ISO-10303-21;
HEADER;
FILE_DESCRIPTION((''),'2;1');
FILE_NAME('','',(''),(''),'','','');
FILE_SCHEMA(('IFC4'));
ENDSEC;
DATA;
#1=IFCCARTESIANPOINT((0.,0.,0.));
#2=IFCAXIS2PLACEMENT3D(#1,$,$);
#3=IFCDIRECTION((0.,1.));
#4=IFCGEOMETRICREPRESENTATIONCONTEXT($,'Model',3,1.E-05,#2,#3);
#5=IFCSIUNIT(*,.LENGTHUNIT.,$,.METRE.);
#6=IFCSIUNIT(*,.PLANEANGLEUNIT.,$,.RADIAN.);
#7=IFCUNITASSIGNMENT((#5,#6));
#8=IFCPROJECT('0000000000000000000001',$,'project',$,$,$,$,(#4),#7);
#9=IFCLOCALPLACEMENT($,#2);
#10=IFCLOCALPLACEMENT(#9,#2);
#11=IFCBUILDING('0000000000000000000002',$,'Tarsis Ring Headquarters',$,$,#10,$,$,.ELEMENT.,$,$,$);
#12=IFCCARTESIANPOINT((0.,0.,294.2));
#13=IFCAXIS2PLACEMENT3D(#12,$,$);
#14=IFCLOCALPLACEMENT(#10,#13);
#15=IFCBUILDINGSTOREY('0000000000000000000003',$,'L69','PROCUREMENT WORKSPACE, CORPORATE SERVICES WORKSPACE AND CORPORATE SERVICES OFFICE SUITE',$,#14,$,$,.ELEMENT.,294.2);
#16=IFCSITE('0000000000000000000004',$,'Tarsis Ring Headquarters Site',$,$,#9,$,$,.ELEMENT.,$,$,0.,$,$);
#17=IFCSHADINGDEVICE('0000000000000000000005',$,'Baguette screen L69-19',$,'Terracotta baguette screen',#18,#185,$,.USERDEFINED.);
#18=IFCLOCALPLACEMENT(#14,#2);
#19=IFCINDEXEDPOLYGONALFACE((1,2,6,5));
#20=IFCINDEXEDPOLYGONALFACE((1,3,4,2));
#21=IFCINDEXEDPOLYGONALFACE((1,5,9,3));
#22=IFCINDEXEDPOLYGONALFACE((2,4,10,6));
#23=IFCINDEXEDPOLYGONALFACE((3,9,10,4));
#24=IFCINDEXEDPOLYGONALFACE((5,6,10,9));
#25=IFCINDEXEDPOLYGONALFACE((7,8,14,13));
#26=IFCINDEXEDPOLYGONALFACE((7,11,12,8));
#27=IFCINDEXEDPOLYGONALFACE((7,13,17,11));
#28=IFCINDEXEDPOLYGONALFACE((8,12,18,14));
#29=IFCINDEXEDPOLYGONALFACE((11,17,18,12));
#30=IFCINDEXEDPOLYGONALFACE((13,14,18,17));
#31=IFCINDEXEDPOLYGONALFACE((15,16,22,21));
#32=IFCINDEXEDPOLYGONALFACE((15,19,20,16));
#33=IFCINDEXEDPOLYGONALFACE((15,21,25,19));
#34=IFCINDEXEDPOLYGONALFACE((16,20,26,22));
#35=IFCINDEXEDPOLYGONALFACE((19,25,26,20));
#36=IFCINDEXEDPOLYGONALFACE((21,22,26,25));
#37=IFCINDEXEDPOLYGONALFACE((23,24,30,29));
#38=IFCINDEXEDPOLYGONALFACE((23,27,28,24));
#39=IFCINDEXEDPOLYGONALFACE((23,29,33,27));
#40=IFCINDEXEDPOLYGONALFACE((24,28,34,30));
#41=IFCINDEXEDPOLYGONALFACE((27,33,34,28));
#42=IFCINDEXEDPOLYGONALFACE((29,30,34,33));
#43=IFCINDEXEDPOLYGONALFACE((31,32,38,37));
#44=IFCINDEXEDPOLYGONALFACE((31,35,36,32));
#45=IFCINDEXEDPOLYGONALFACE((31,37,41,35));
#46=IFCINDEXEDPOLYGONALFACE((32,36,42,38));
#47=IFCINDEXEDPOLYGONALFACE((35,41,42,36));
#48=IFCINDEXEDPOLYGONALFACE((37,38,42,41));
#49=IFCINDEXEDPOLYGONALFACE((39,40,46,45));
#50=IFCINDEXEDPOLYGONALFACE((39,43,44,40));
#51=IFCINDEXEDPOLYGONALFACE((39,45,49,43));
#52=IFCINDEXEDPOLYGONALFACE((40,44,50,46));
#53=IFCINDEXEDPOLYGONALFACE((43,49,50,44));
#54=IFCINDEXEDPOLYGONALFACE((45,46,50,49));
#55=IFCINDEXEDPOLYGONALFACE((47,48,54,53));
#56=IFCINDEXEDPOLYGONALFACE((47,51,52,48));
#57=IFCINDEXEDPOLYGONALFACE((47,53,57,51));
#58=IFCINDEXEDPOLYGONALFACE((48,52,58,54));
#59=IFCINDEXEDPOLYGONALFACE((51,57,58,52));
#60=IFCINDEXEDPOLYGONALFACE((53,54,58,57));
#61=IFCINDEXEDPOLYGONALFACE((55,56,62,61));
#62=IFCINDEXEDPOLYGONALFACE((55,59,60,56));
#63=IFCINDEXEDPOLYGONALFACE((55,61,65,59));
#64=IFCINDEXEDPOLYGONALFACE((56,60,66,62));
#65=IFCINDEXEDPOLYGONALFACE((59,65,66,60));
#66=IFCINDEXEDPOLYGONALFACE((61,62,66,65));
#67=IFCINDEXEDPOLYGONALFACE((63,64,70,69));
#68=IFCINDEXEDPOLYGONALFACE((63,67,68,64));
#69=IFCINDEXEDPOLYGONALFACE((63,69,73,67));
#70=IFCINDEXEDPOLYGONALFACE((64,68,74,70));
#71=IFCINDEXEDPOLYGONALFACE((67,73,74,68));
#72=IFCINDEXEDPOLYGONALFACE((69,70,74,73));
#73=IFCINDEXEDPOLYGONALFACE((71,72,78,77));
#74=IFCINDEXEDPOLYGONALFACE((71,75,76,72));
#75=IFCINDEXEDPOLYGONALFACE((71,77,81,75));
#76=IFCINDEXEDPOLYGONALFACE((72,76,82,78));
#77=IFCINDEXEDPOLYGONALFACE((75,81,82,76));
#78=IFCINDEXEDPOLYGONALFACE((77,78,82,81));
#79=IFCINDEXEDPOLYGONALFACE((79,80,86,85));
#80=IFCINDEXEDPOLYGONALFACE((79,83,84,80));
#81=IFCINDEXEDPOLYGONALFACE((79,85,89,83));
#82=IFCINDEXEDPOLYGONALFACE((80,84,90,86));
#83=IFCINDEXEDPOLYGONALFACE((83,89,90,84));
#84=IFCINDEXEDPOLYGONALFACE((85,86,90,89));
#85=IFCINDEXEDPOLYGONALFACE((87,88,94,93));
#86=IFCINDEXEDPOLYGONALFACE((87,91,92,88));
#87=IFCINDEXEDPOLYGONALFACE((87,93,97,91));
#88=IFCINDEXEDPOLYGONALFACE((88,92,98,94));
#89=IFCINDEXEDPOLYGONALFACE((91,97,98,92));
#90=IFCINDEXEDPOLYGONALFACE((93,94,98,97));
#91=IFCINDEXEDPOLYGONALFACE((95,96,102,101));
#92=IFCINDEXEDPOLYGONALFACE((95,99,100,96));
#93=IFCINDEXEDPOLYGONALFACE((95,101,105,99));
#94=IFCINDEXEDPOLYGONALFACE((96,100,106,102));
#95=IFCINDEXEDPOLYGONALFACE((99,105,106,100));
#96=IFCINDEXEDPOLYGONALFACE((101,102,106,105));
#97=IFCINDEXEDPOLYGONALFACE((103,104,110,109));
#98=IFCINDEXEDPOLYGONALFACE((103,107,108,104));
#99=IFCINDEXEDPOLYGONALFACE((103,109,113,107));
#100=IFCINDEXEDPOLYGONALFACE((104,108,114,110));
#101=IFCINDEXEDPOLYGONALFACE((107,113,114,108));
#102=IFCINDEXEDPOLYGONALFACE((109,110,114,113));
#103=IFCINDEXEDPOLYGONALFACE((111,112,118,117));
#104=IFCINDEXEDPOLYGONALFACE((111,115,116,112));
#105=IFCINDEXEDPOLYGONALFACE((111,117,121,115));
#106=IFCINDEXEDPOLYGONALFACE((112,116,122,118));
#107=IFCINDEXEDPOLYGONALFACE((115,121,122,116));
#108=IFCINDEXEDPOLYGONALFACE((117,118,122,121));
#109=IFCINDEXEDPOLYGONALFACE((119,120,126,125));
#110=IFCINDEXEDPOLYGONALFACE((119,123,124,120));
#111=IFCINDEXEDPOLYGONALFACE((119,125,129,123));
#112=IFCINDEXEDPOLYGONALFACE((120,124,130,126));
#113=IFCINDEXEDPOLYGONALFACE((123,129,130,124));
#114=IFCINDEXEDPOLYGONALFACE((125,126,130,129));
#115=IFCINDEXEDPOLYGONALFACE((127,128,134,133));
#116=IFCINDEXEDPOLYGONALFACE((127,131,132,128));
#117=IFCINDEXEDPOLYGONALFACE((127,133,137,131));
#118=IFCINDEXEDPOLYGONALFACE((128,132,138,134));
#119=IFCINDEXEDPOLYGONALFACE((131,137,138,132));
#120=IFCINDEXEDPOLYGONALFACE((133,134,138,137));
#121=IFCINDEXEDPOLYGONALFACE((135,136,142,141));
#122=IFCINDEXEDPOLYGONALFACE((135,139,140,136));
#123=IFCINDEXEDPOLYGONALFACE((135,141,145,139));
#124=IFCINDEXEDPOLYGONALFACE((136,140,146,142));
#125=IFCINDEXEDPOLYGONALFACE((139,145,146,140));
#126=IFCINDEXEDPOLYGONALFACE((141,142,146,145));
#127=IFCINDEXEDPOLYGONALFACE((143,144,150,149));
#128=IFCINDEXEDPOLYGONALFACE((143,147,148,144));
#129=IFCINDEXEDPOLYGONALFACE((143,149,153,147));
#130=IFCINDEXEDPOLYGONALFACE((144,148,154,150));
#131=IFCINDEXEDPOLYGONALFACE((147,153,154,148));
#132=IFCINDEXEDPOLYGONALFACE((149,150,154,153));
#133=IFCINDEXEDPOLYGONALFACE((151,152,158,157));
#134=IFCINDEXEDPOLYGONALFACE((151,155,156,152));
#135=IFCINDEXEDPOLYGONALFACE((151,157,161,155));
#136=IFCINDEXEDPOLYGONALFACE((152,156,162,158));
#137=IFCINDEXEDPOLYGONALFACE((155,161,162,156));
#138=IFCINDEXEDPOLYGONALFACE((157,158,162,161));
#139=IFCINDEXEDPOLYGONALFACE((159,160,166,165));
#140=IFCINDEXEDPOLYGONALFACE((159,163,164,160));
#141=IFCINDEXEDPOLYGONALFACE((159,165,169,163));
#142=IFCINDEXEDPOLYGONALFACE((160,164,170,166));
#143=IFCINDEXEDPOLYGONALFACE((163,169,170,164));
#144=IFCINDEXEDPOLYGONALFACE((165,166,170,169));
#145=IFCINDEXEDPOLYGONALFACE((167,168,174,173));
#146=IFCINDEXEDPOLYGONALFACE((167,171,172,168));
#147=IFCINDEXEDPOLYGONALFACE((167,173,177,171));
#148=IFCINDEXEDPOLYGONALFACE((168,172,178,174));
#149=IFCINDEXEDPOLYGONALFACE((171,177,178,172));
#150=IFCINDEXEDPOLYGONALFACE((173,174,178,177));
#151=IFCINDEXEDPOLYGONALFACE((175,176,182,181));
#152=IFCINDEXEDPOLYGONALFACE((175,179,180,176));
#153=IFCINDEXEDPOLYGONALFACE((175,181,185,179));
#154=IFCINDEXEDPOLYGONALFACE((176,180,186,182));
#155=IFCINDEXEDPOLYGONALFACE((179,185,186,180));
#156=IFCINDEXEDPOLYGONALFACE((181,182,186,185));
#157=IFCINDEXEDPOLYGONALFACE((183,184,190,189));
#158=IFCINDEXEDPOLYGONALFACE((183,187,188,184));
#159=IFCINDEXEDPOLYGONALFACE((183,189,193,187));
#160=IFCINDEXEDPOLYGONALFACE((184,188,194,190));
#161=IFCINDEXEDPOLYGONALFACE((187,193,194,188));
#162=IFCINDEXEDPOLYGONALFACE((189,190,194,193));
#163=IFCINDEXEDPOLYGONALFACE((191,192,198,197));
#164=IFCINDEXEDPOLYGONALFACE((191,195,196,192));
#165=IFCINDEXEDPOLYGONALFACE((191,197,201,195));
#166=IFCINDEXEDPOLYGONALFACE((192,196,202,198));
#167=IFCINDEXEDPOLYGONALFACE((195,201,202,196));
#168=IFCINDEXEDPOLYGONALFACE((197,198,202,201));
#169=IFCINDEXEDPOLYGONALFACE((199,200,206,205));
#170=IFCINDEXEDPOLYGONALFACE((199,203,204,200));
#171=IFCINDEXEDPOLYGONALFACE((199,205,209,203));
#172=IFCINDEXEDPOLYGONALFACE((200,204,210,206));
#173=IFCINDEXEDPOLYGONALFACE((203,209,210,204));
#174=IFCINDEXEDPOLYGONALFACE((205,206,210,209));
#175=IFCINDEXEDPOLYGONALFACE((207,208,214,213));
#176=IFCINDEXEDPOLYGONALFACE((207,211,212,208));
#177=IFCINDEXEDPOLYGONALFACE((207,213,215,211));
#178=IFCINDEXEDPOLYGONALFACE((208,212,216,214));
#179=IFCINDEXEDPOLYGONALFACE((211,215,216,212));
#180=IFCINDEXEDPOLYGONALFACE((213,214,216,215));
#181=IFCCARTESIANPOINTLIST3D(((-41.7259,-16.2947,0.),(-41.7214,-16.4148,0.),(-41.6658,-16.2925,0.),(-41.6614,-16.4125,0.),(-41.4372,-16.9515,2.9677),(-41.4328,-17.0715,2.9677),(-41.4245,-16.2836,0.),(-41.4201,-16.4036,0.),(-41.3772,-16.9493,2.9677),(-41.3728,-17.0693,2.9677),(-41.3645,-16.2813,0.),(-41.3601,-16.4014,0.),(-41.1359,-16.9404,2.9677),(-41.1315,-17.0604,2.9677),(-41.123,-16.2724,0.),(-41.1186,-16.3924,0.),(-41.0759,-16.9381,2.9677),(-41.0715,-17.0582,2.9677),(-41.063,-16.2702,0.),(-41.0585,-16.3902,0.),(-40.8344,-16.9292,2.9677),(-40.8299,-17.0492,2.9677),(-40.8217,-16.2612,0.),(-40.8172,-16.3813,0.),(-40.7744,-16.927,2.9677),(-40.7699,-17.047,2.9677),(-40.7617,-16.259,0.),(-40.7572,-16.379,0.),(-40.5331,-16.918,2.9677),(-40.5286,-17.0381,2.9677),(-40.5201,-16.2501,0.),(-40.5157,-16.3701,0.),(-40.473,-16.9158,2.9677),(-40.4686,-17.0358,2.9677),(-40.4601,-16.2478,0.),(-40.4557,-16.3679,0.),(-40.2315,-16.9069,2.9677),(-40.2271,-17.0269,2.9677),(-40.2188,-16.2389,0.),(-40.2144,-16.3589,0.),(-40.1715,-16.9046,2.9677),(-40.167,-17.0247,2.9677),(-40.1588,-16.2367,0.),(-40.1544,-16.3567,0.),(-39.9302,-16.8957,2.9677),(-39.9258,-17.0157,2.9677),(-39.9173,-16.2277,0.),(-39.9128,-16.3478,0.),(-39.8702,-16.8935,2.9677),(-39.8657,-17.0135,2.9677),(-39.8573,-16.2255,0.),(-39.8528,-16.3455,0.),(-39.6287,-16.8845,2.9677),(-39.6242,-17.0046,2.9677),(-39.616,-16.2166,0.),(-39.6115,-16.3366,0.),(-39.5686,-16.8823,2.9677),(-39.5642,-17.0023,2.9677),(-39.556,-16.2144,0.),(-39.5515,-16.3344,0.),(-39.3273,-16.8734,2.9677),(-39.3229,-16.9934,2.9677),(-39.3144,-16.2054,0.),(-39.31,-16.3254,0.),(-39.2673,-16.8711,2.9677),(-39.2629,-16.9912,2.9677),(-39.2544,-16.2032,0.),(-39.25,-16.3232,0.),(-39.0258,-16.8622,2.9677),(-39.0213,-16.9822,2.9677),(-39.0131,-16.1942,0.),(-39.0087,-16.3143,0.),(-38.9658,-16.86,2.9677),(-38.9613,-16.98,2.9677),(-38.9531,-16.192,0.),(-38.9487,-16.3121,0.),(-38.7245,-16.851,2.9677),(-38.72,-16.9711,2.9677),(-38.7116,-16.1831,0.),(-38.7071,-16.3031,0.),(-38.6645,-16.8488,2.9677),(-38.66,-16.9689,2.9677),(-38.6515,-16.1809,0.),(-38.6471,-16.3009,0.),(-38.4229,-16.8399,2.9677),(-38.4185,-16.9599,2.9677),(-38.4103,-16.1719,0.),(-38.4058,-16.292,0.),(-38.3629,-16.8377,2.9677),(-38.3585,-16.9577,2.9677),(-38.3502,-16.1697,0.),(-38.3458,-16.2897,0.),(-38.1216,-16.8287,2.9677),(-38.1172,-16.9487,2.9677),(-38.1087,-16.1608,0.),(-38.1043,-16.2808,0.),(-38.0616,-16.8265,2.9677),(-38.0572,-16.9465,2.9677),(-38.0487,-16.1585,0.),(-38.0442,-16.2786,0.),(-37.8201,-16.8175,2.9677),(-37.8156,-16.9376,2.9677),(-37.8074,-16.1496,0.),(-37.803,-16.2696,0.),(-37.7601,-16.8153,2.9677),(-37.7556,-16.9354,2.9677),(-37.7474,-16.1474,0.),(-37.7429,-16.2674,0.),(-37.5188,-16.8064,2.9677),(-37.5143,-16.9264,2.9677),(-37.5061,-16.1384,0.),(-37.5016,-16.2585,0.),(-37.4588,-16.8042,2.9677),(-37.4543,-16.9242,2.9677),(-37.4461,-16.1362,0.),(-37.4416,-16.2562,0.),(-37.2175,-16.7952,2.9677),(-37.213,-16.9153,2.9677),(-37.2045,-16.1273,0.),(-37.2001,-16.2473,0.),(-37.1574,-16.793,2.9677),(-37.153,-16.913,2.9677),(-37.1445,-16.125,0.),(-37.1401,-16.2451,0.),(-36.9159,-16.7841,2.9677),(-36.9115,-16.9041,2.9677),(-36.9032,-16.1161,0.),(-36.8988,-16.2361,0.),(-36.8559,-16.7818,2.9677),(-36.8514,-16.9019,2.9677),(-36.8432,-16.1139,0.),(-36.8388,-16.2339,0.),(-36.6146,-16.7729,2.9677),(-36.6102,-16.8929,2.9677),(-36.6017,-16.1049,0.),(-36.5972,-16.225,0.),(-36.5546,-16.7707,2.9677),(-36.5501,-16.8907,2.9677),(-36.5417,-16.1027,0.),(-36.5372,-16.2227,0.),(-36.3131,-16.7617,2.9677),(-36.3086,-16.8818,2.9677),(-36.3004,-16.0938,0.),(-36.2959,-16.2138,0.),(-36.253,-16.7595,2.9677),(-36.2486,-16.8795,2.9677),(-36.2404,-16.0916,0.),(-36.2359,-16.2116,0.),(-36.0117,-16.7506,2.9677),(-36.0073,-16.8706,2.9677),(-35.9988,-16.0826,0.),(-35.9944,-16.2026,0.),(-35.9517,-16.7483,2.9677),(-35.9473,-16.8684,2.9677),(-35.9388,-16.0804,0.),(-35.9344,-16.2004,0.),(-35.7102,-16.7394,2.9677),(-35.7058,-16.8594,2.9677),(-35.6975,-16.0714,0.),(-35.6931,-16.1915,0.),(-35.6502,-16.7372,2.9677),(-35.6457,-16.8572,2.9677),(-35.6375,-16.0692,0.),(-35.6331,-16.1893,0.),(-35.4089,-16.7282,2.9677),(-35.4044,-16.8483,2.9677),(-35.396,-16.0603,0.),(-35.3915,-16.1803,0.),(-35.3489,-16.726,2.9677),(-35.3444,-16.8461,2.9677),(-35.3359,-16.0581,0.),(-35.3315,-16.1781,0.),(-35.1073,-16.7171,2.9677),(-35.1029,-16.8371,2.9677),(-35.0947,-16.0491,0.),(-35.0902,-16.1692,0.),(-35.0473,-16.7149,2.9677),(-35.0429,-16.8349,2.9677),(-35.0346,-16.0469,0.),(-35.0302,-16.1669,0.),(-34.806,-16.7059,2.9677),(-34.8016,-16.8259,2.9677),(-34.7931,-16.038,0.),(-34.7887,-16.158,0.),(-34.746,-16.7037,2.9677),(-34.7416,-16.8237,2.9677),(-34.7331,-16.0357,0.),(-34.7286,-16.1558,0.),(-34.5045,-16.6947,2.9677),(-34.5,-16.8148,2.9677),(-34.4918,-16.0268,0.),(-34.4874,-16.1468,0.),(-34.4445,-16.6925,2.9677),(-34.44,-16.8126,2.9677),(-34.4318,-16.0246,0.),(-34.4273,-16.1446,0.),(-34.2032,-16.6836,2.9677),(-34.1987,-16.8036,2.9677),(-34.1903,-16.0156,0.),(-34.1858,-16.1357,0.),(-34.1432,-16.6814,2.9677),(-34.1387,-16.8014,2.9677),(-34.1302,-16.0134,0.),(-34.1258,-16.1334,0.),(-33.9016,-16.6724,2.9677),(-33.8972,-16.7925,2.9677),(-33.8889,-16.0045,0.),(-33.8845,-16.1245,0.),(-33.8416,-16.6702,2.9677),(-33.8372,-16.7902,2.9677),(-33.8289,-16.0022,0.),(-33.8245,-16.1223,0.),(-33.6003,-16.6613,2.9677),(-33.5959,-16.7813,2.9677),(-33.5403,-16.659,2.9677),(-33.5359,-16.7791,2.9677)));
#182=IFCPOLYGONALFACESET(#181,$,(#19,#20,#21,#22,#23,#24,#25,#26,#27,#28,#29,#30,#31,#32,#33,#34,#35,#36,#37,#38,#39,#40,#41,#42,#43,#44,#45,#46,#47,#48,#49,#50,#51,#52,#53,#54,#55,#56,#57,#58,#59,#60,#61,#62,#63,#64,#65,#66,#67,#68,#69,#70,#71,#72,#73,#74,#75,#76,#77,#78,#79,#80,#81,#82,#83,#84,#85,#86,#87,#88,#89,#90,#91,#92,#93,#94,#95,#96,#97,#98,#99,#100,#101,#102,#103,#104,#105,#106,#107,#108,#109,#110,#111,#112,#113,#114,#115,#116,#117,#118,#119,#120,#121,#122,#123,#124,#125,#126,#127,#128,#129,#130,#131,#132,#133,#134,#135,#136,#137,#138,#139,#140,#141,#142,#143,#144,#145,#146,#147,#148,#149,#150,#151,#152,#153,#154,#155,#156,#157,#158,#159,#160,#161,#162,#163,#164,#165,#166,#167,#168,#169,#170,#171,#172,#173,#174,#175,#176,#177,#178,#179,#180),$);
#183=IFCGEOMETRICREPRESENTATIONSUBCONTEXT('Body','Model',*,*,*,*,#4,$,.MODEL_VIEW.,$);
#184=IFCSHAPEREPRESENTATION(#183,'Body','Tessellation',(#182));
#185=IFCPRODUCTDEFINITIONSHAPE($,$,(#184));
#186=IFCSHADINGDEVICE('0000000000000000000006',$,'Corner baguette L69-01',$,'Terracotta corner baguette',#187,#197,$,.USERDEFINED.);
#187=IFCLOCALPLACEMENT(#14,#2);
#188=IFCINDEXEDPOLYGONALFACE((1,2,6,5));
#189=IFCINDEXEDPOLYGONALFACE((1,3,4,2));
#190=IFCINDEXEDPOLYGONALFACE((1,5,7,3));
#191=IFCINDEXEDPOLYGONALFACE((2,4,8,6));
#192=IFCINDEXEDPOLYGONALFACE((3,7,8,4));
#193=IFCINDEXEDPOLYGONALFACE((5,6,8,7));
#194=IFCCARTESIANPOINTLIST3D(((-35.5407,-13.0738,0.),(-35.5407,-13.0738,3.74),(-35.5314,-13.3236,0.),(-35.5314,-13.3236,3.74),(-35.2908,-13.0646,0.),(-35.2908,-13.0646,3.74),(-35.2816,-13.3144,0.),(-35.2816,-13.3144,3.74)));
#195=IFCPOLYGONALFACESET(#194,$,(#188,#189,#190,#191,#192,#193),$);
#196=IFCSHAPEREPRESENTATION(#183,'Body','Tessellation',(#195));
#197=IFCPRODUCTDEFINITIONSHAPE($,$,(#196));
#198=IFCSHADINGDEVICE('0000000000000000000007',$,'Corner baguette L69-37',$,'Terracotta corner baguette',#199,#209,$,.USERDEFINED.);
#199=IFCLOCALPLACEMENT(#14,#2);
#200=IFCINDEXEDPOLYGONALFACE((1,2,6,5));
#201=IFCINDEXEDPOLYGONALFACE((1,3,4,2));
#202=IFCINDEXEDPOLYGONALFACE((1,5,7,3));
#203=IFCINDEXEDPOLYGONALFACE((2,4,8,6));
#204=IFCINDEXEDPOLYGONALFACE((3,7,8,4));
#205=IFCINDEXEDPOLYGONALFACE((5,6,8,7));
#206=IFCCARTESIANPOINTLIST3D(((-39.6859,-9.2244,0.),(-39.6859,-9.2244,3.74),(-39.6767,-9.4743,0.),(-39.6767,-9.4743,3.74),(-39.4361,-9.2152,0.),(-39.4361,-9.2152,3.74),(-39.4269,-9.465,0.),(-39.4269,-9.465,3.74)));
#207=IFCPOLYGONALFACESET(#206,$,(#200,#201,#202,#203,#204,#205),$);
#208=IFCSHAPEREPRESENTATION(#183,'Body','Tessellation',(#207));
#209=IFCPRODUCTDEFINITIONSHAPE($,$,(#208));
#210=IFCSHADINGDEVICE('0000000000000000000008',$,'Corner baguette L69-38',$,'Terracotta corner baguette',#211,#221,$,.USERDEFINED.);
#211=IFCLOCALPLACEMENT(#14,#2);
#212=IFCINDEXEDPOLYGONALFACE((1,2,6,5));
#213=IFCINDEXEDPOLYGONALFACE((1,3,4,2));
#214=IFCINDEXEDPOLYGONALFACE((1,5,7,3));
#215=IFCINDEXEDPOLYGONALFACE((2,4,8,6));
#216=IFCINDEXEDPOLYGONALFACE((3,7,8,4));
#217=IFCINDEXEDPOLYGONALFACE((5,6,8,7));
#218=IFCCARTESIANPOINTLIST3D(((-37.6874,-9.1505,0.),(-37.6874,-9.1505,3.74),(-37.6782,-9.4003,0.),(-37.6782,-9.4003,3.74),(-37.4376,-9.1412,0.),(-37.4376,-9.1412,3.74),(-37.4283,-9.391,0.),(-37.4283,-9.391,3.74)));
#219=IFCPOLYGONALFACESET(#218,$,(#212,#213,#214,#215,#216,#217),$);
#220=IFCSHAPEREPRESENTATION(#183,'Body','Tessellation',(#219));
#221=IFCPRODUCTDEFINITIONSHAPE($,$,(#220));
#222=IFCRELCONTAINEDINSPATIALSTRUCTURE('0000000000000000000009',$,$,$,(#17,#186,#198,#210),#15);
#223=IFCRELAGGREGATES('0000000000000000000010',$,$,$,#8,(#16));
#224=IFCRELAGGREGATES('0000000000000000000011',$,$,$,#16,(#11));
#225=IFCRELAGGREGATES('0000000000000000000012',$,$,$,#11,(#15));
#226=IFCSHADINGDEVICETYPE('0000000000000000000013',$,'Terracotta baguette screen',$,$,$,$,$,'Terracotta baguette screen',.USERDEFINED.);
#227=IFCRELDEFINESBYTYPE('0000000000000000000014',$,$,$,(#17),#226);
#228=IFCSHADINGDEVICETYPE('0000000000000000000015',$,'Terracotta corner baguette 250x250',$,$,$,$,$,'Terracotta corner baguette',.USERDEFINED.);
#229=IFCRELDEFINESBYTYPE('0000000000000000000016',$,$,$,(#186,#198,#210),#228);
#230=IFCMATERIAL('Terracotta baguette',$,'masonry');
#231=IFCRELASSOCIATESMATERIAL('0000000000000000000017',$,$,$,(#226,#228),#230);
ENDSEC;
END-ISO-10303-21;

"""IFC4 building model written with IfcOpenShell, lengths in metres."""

from ifc_helpers import new_model, si_unit, direction, frame, frame_2d, origin, origin_2d, place, context, subcontext, project, spatial, rectangle, composite_profile, extrude, material, type_object, element, save


model = new_model("IFC4")

# Units and contexts
model_context = context("Model", 3, precision=1e-05, world=origin(), true_north=direction((0.0, 1.0)))
body_context = subcontext(model_context, "Body", "Model", "MODEL_VIEW")
ifc_project = project(units=[si_unit("LENGTHUNIT", "METRE"), si_unit("PLANEANGLEUNIT", "RADIAN")], contexts=[model_context])

# Site, building, storey
site_placement = place(None, origin())
site = spatial("IfcSite", under=ifc_project, at=site_placement, Name="Tarsis Ring Headquarters Site", CompositionType="ELEMENT", RefElevation=0.0)
building_placement = place(site_placement, origin())
building = spatial("IfcBuilding", under=site, at=building_placement, Name="Tarsis Ring Headquarters", CompositionType="ELEMENT")
storey_placement = place(building_placement, frame((0.0, 0.0, 294.2)))
storey = spatial("IfcBuildingStorey", under=building, at=storey_placement, Name="L69", Description="PROCUREMENT WORKSPACE, CORPORATE SERVICES WORKSPACE AND CORPORATE SERVICES OFFICE SUITE", CompositionType="ELEMENT", Elevation=294.2)

# Shading devices
ifc_material_1 = material(Name="Terracotta baguette", Category="masonry")
shading_device_type_1 = type_object("IfcShadingDeviceType", Name="Terracotta baguette screen", ElementType="Terracotta baguette screen", PredefinedType="USERDEFINED", material=ifc_material_1)
shading_device_placement = place(storey_placement, frame((-41.7236, -16.3547, 0.0), z_axis=(0.0, 0.0, 1.0), x_axis=(0.99932, 0.037012, 0.0)))
element("IfcShadingDevice", 1, at=shading_device_placement, inside=storey, type_object=shading_device_type_1, Name="Baguette screen L69-19", ObjectType="Terracotta baguette screen", PredefinedType="USERDEFINED", context=body_context, shape_type="SweptSolid", body=[
    extrude(composite_profile([rectangle(XDim=0.0601, YDim=0.1201, at=frame_2d((0.03, 0.0))), rectangle(XDim=0.0601, YDim=0.1201, at=frame_2d((0.3315, 0.0))), rectangle(XDim=0.0601, YDim=0.1201, at=frame_2d((0.6333, 0.0))), rectangle(XDim=0.0601, YDim=0.1201, at=frame_2d((0.9348, 0.0))), rectangle(XDim=0.0601, YDim=0.1201, at=frame_2d((1.2366, 0.0))), rectangle(XDim=0.0601, YDim=0.1201, at=frame_2d((1.5381, 0.0))), rectangle(XDim=0.0601, YDim=0.1201, at=frame_2d((1.8398, 0.0))), rectangle(XDim=0.0601, YDim=0.1201, at=frame_2d((2.1414, 0.0))), rectangle(XDim=0.0601, YDim=0.1201, at=frame_2d((2.4431, 0.0))), rectangle(XDim=0.0601, YDim=0.1201, at=frame_2d((2.7446, 0.0))), rectangle(XDim=0.0601, YDim=0.1201, at=frame_2d((3.0464, 0.0))), rectangle(XDim=0.0601, YDim=0.1201, at=frame_2d((3.3479, 0.0))), rectangle(XDim=0.0601, YDim=0.1201, at=frame_2d((3.6497, 0.0))), rectangle(XDim=0.0601, YDim=0.1201, at=frame_2d((3.9512, 0.0))), rectangle(XDim=0.0601, YDim=0.1201, at=frame_2d((4.2527, 0.0))), rectangle(XDim=0.0601, YDim=0.1201, at=frame_2d((4.5544, 0.0))), rectangle(XDim=0.0601, YDim=0.1201, at=frame_2d((4.856, 0.0))), rectangle(XDim=0.0601, YDim=0.1201, at=frame_2d((5.1577, 0.0))), rectangle(XDim=0.0601, YDim=0.1201, at=frame_2d((5.4592, 0.0))), rectangle(XDim=0.0601, YDim=0.1201, at=frame_2d((5.761, 0.0))), rectangle(XDim=0.0601, YDim=0.1201, at=frame_2d((6.0625, 0.0))), rectangle(XDim=0.0601, YDim=0.1201, at=frame_2d((6.3643, 0.0))), rectangle(XDim=0.0601, YDim=0.1201, at=frame_2d((6.6658, 0.0))), rectangle(XDim=0.0601, YDim=0.1201, at=frame_2d((6.9675, 0.0))), rectangle(XDim=0.0601, YDim=0.1201, at=frame_2d((7.269, 0.0))), rectangle(XDim=0.0601, YDim=0.1201, at=frame_2d((7.5708, 0.0))), rectangle(XDim=0.0601, YDim=0.1201, at=frame_2d((7.8723, 0.0)))]), origin(), (0.086506, -0.218467, 0.972003), 3.0532),
])
shading_device_type_2 = type_object("IfcShadingDeviceType", Name="Terracotta corner baguette 250x250", ElementType="Terracotta corner baguette", PredefinedType="USERDEFINED", material=ifc_material_1)
for number, where, z_axis, x_axis, name in (
    (2, (-35.4111, -13.1941, 0.0), (0.0, 0.0, 1.0), (0.036993, -0.999316, 0.0), "Corner baguette L69-01"),
    (3, (-39.5564, -9.3447, 0.0), (0.0, 0.0, 1.0), (0.036993, -0.999316, 0.0), "Corner baguette L69-37"),
    (4, (-37.5579, -9.2708, 0.0), (0.0, 0.0, 1.0), (0.999316, 0.036993, 0.0), "Corner baguette L69-38"),
):
    element("IfcShadingDevice", number, at=place(storey_placement, frame(where, z_axis=z_axis, x_axis=x_axis)), inside=storey, type_object=shading_device_type_2, Name=name, ObjectType="Terracotta corner baguette", PredefinedType="USERDEFINED", context=body_context, shape_type="SweptSolid", body=[
        extrude(rectangle(XDim=0.25, YDim=0.25, at=origin_2d()), origin(), (0.0, 0.0, 1.0), 3.74),
    ])

save(model, "model.ifc")
